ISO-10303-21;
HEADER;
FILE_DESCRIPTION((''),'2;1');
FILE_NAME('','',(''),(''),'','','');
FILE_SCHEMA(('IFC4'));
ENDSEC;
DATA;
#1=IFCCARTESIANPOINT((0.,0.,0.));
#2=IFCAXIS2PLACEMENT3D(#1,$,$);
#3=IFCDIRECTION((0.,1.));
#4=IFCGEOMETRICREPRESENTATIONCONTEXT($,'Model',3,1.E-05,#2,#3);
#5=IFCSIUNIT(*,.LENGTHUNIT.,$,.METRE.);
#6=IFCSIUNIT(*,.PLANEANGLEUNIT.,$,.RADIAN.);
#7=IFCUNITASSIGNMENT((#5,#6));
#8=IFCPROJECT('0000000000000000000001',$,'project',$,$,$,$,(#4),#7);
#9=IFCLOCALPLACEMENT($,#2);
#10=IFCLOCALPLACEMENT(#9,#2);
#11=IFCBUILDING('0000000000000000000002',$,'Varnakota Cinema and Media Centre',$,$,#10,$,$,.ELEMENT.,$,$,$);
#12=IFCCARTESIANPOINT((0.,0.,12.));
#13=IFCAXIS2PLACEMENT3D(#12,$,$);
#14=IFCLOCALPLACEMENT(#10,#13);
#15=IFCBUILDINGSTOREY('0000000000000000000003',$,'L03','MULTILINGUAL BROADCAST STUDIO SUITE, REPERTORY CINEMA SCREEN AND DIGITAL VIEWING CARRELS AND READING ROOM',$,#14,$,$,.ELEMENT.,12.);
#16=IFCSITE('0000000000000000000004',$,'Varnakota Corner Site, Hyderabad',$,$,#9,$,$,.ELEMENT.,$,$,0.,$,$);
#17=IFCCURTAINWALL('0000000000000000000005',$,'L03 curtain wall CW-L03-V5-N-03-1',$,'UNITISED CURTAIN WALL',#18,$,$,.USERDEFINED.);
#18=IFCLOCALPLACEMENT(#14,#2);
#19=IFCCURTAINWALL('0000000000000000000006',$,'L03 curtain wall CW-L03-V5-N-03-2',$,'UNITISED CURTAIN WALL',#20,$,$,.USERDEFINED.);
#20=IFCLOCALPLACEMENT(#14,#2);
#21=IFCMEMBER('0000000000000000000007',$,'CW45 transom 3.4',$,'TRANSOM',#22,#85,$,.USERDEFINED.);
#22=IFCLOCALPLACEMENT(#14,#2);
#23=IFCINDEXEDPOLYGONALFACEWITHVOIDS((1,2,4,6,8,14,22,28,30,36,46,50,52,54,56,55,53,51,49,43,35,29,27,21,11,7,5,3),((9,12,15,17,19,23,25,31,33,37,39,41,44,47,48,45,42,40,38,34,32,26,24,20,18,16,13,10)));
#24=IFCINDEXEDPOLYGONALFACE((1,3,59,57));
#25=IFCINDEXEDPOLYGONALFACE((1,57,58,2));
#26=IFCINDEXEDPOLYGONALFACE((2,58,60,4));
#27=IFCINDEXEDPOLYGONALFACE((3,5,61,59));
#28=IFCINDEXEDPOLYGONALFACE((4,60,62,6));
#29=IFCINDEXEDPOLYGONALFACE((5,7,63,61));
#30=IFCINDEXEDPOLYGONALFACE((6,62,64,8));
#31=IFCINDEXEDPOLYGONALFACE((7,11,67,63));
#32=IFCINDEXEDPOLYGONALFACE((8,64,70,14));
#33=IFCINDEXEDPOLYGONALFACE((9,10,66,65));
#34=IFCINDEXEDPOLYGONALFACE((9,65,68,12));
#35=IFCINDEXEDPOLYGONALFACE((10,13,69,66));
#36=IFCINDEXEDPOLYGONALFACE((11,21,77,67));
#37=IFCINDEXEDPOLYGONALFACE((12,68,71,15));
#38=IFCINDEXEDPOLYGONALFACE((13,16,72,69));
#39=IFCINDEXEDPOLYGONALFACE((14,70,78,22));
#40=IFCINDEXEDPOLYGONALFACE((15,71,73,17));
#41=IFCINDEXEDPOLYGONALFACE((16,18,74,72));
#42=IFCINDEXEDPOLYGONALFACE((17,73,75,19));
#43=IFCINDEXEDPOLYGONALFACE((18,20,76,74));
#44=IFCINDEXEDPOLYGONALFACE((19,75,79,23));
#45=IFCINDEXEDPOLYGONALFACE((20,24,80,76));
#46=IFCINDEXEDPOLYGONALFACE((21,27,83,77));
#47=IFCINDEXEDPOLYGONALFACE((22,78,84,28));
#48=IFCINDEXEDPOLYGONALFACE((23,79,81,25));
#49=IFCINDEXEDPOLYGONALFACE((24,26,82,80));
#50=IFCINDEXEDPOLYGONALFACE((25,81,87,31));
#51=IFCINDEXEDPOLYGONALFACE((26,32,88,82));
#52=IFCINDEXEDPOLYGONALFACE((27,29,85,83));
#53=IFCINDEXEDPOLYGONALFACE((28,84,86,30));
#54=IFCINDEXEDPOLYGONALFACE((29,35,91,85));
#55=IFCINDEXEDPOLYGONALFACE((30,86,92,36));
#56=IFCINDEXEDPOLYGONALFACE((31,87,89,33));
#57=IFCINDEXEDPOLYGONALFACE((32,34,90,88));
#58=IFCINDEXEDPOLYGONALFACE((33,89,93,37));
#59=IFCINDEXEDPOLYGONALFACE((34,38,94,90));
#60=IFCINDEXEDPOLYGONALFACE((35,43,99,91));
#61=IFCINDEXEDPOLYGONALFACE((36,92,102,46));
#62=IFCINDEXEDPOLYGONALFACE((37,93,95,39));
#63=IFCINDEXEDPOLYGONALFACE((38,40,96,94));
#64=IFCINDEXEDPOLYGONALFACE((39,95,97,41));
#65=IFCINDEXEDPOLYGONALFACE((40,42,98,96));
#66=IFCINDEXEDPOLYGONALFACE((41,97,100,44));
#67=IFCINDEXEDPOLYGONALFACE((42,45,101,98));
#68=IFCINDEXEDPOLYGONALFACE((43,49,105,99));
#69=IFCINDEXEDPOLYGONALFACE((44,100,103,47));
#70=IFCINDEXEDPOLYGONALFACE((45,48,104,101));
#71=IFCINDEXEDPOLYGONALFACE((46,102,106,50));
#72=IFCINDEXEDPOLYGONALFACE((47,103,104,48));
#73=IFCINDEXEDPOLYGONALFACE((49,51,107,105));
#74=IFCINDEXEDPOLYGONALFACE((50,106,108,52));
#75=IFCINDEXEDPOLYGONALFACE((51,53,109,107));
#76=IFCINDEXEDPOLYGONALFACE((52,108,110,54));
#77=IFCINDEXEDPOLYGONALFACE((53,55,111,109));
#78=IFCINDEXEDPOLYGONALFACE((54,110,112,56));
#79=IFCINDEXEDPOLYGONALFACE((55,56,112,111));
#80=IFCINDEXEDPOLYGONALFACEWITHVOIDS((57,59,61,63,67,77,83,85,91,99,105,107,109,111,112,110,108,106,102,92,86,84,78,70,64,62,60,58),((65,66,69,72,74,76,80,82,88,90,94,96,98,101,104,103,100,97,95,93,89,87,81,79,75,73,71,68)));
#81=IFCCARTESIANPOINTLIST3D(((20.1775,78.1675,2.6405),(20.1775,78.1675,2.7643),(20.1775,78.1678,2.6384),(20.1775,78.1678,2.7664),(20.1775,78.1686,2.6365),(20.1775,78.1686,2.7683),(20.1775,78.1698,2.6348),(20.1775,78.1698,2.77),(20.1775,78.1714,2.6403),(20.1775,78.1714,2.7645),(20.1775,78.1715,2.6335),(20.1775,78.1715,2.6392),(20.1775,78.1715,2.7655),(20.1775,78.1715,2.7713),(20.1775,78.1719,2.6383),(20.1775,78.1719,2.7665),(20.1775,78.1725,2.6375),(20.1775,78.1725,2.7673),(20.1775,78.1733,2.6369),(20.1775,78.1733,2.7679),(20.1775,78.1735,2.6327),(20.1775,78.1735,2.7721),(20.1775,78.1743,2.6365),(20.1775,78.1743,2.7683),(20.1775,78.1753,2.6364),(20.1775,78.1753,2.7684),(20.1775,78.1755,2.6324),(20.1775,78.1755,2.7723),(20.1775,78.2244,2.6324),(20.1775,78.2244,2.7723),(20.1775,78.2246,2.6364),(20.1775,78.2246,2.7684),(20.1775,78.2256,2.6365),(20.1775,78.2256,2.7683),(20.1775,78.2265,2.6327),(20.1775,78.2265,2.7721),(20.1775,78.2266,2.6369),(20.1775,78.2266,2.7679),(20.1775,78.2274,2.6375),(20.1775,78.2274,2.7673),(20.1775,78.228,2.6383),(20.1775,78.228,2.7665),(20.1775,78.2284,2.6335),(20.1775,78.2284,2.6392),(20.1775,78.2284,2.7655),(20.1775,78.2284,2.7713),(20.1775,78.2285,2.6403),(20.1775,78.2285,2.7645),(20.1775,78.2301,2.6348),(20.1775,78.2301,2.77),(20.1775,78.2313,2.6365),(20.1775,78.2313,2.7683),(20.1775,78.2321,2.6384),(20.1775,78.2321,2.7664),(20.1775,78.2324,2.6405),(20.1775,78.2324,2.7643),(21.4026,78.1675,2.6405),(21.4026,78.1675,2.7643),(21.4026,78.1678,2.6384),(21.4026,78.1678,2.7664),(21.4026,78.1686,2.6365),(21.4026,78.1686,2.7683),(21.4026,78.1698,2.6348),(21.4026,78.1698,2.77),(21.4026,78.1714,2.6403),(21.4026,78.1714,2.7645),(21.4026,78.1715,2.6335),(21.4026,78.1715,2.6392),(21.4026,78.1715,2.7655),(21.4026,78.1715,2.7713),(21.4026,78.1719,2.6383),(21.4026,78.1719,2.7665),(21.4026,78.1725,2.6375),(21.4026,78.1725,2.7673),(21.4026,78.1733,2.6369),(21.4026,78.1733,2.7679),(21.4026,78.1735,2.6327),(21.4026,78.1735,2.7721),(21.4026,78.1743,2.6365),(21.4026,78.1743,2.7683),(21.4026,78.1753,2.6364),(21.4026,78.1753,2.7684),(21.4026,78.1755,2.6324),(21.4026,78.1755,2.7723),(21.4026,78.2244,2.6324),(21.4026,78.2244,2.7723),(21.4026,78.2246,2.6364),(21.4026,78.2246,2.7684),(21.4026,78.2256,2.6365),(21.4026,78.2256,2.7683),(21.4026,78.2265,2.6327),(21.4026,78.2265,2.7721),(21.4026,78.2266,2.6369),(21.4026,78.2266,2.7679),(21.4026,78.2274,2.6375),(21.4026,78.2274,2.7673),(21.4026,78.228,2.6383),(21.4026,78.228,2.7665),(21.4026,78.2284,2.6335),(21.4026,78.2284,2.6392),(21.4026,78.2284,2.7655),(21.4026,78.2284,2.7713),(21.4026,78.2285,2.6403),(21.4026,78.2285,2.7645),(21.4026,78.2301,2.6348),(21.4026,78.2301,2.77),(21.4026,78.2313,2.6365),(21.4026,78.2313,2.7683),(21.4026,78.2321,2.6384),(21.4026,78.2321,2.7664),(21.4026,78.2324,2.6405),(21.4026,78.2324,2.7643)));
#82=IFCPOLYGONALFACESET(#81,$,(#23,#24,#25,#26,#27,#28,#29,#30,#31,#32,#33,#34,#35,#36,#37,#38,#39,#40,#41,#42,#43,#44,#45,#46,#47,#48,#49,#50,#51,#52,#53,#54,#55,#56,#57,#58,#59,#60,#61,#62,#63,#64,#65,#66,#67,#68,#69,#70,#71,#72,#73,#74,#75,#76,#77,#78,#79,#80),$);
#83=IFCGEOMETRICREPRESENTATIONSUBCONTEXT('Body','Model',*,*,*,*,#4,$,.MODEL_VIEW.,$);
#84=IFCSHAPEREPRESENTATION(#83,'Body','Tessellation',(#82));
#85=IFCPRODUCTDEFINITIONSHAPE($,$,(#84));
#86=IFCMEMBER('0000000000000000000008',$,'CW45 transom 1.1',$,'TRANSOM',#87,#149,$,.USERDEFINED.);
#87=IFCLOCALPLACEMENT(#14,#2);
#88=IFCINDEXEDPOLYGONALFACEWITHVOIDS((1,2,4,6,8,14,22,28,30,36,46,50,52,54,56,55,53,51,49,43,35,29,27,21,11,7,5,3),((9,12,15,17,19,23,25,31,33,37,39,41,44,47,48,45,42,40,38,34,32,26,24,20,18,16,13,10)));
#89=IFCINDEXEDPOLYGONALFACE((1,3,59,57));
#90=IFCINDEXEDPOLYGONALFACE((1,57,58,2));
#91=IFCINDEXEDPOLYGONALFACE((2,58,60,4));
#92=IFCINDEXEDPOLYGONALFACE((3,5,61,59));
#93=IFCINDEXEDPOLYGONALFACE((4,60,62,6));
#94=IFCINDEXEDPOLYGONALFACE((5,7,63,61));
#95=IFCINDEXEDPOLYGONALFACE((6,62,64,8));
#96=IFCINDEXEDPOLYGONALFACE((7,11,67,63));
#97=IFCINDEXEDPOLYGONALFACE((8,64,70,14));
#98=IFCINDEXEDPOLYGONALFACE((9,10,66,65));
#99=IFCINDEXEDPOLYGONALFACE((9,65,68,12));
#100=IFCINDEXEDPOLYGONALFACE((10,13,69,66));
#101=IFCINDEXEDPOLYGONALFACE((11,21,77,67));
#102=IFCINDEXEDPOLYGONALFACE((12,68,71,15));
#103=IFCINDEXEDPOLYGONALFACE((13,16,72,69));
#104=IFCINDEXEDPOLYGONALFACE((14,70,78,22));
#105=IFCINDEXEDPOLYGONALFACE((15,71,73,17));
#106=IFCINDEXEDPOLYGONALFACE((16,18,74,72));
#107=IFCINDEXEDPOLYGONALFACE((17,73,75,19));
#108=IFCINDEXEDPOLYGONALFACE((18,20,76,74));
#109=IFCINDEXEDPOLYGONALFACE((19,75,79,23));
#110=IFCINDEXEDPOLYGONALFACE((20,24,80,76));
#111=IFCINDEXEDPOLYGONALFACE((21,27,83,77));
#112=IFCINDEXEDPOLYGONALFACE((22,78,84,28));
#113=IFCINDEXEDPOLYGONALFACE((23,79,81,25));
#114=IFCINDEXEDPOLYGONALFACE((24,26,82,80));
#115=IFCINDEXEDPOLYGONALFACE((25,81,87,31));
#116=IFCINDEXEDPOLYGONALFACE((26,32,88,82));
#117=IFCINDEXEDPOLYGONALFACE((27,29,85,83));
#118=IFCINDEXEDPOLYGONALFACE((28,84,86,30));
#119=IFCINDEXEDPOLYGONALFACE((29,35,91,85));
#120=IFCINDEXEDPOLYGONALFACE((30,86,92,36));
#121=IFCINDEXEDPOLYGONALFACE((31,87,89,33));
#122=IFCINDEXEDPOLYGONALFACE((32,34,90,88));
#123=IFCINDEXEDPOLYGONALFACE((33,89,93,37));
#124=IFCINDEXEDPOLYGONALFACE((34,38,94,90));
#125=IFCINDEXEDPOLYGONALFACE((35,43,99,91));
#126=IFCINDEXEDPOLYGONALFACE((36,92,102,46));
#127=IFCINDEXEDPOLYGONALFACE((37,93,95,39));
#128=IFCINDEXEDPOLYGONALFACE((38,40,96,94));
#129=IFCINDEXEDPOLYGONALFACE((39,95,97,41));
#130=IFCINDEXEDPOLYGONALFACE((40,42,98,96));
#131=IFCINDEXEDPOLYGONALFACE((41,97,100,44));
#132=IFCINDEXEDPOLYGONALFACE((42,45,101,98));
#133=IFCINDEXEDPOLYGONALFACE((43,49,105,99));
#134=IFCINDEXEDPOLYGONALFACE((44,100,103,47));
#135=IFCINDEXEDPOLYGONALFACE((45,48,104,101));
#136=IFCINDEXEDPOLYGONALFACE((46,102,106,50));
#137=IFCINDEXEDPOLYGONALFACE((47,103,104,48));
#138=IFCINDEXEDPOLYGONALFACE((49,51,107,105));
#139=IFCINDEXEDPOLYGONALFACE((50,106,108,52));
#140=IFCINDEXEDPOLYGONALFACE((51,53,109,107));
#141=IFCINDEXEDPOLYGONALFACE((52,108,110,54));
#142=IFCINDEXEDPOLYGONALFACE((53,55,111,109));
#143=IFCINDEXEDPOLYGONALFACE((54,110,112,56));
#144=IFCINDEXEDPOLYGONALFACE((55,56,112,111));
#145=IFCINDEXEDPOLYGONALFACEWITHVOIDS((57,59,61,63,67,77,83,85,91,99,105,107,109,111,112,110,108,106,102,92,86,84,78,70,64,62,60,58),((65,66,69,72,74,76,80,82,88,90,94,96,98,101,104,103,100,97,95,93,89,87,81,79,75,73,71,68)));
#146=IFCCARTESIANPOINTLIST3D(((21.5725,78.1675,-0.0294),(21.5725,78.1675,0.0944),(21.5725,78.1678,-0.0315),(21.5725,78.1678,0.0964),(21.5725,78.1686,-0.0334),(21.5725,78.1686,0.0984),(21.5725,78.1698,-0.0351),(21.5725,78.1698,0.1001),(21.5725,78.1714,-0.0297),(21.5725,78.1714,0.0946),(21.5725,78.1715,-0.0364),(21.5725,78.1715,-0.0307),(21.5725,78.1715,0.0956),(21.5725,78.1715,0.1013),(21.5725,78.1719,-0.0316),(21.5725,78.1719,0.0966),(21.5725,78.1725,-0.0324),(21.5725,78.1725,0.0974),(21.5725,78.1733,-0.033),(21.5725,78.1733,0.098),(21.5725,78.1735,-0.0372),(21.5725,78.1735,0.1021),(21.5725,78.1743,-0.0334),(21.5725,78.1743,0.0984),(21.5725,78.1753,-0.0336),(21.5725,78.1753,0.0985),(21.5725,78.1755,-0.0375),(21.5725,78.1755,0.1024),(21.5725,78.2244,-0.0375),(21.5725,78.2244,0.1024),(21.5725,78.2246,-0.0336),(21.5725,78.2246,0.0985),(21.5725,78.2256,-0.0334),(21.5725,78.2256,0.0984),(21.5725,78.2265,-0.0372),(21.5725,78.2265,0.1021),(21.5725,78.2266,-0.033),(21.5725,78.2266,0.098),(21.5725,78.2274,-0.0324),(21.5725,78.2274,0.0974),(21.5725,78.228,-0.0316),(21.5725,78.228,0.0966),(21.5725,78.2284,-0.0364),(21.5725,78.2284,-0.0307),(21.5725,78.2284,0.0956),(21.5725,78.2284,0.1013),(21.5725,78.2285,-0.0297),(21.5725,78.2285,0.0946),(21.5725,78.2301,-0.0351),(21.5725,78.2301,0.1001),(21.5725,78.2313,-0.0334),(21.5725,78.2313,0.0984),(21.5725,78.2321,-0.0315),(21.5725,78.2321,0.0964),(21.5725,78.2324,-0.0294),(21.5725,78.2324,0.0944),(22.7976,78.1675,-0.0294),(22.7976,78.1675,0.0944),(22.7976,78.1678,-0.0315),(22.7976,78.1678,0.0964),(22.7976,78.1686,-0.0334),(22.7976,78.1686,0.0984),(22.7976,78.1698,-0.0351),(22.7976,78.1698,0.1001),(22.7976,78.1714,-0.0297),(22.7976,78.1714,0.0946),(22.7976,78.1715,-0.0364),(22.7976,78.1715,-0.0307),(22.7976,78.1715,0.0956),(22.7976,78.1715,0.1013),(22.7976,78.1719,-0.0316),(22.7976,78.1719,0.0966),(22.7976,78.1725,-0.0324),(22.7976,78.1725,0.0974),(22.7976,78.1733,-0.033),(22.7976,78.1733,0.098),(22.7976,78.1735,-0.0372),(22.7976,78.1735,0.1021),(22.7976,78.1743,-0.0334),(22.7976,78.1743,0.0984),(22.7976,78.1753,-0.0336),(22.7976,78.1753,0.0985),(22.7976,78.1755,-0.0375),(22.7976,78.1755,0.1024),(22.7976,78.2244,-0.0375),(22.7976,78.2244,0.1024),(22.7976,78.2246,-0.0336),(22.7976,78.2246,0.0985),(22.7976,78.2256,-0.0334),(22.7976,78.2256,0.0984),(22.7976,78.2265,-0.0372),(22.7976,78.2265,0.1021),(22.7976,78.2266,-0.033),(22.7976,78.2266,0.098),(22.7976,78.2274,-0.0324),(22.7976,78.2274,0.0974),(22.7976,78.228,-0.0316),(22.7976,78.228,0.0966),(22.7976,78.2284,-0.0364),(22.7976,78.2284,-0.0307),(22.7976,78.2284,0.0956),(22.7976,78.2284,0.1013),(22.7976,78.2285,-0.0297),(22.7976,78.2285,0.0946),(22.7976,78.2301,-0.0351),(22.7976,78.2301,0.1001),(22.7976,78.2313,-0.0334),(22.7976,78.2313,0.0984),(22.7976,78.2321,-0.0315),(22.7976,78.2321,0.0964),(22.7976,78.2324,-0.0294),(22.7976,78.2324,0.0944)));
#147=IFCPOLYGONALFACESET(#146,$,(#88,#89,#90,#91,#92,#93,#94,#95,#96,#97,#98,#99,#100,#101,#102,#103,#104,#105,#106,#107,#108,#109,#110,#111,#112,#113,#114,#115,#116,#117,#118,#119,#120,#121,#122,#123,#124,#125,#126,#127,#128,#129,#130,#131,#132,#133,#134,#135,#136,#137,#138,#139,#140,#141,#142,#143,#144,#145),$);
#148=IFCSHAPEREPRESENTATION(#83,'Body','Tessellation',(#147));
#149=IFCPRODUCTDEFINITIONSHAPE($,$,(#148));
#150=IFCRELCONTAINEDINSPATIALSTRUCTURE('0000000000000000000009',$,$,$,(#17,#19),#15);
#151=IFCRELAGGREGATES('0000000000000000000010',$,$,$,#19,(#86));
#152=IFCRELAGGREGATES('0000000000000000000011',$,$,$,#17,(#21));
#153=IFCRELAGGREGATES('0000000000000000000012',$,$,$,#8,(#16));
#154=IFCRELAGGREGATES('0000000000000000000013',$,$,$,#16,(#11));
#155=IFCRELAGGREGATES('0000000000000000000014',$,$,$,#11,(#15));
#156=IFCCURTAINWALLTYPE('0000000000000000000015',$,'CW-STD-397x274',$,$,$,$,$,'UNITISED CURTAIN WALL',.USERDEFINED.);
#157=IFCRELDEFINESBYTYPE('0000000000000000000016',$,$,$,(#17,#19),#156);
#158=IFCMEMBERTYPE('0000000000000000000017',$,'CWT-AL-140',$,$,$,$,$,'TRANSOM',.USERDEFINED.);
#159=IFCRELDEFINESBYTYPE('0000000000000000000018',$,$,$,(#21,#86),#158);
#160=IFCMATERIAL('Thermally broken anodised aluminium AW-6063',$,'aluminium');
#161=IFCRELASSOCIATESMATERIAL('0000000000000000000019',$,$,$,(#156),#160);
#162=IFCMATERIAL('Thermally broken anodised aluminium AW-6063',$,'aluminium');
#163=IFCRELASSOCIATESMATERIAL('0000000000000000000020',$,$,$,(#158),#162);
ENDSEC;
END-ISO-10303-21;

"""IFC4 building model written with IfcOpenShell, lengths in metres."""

from ifc_helpers import new_model, si_unit, direction, frame, origin, origin_2d, place, context, subcontext, project, spatial, hollow_rectangle, extrude, material, material_profile, profile_set, type_object, element, aggregate, save


model = new_model("IFC4")

# Units and contexts
model_context = context("Model", 3, precision=1e-05, world=origin(), true_north=direction((0.0, 1.0)))
body_context = subcontext(model_context, "Body", "Model", "MODEL_VIEW")
ifc_project = project(units=[si_unit("LENGTHUNIT", "METRE"), si_unit("PLANEANGLEUNIT", "RADIAN")], contexts=[model_context])

# Site, building, storey
site_placement = place(None, origin())
site = spatial("IfcSite", under=ifc_project, at=site_placement, Name="Varnakota Corner Site, Hyderabad", CompositionType="ELEMENT", RefElevation=0.0)
building_placement = place(site_placement, origin())
building = spatial("IfcBuilding", under=site, at=building_placement, Name="Varnakota Cinema and Media Centre", CompositionType="ELEMENT")
storey_placement = place(building_placement, frame((0.0, 0.0, 12.0)))
storey = spatial("IfcBuildingStorey", under=building, at=storey_placement, Name="L03", Description="MULTILINGUAL BROADCAST STUDIO SUITE, REPERTORY CINEMA SCREEN AND DIGITAL VIEWING CARRELS AND READING ROOM", CompositionType="ELEMENT", Elevation=12.0)

# Curtain wall
ifc_material_1 = material(Name="Thermally broken anodised aluminium AW-6063", Category="aluminium")
curtain_wall_type_1 = type_object("IfcCurtainWallType", Name="CW-STD-397x274", ElementType="UNITISED CURTAIN WALL", PredefinedType="USERDEFINED", material=ifc_material_1)
curtain_wall_1_placement = place(storey_placement, origin())
curtain_wall_1 = element("IfcCurtainWall", 1, at=curtain_wall_1_placement, inside=storey, type_object=curtain_wall_type_1, Name="L03 curtain wall CW-L03-V5-N-03-1", ObjectType="UNITISED CURTAIN WALL", PredefinedType="USERDEFINED")

# Curtain wall
curtain_wall_2_placement = place(storey_placement, origin())
curtain_wall_2 = element("IfcCurtainWall", 2, at=curtain_wall_2_placement, inside=storey, type_object=curtain_wall_type_1, Name="L03 curtain wall CW-L03-V5-N-03-2", ObjectType="UNITISED CURTAIN WALL", PredefinedType="USERDEFINED")

# Members
ifc_material_2 = material(Name="Thermally broken anodised aluminium AW-6063", Category="aluminium")
ifc_material_profile_1 = material_profile(ifc_material_2, hollow_rectangle(XDim=0.0649, YDim=0.1399, WallThickness=0.0039, InnerFilletRadius=0.0039, OuterFilletRadius=0.0081, at=origin_2d()), Name="AL-TRANSOM 140x65x4")
ifc_profile_set_1 = profile_set([ifc_material_profile_1], Name="Thermally broken anodised aluminium AW-6063")
member_type_1 = type_object("IfcMemberType", Name="CWT-AL-140", ElementType="TRANSOM", PredefinedType="USERDEFINED", material=ifc_profile_set_1)
member_1_placement = place(storey_placement, frame((20.1775, 78.2, 2.7024), z_axis=(1.0, 0.0, 0.0), x_axis=(0.0, 1.0, 0.0)))
member_1 = element("IfcMember", 3, at=member_1_placement, type_object=member_type_1, Name="CW45 transom 3.4", ObjectType="TRANSOM", PredefinedType="USERDEFINED", context=body_context, shape_type="SweptSolid", body=[
    extrude(hollow_rectangle(XDim=0.0649, YDim=0.1399, WallThickness=0.0039, InnerFilletRadius=0.0039, OuterFilletRadius=0.0081, at=origin_2d()), origin(), (0.0, 0.0, 1.0), 1.2251),
])
member_2_placement = place(storey_placement, frame((21.5725, 78.2, 0.0325), z_axis=(1.0, 0.0, 0.0), x_axis=(0.0, 1.0, 0.0)))
member_2 = element("IfcMember", 4, at=member_2_placement, type_object=member_type_1, Name="CW45 transom 1.1", ObjectType="TRANSOM", PredefinedType="USERDEFINED", context=body_context, shape_type="SweptSolid", body=[
    extrude(hollow_rectangle(XDim=0.0649, YDim=0.1399, WallThickness=0.0039, InnerFilletRadius=0.0039, OuterFilletRadius=0.0081, at=origin_2d()), origin(), (0.0, 0.0, 1.0), 1.2251),
])
aggregate(curtain_wall_2, [member_2])

aggregate(curtain_wall_1, [member_1])

save(model, "model.ifc")
